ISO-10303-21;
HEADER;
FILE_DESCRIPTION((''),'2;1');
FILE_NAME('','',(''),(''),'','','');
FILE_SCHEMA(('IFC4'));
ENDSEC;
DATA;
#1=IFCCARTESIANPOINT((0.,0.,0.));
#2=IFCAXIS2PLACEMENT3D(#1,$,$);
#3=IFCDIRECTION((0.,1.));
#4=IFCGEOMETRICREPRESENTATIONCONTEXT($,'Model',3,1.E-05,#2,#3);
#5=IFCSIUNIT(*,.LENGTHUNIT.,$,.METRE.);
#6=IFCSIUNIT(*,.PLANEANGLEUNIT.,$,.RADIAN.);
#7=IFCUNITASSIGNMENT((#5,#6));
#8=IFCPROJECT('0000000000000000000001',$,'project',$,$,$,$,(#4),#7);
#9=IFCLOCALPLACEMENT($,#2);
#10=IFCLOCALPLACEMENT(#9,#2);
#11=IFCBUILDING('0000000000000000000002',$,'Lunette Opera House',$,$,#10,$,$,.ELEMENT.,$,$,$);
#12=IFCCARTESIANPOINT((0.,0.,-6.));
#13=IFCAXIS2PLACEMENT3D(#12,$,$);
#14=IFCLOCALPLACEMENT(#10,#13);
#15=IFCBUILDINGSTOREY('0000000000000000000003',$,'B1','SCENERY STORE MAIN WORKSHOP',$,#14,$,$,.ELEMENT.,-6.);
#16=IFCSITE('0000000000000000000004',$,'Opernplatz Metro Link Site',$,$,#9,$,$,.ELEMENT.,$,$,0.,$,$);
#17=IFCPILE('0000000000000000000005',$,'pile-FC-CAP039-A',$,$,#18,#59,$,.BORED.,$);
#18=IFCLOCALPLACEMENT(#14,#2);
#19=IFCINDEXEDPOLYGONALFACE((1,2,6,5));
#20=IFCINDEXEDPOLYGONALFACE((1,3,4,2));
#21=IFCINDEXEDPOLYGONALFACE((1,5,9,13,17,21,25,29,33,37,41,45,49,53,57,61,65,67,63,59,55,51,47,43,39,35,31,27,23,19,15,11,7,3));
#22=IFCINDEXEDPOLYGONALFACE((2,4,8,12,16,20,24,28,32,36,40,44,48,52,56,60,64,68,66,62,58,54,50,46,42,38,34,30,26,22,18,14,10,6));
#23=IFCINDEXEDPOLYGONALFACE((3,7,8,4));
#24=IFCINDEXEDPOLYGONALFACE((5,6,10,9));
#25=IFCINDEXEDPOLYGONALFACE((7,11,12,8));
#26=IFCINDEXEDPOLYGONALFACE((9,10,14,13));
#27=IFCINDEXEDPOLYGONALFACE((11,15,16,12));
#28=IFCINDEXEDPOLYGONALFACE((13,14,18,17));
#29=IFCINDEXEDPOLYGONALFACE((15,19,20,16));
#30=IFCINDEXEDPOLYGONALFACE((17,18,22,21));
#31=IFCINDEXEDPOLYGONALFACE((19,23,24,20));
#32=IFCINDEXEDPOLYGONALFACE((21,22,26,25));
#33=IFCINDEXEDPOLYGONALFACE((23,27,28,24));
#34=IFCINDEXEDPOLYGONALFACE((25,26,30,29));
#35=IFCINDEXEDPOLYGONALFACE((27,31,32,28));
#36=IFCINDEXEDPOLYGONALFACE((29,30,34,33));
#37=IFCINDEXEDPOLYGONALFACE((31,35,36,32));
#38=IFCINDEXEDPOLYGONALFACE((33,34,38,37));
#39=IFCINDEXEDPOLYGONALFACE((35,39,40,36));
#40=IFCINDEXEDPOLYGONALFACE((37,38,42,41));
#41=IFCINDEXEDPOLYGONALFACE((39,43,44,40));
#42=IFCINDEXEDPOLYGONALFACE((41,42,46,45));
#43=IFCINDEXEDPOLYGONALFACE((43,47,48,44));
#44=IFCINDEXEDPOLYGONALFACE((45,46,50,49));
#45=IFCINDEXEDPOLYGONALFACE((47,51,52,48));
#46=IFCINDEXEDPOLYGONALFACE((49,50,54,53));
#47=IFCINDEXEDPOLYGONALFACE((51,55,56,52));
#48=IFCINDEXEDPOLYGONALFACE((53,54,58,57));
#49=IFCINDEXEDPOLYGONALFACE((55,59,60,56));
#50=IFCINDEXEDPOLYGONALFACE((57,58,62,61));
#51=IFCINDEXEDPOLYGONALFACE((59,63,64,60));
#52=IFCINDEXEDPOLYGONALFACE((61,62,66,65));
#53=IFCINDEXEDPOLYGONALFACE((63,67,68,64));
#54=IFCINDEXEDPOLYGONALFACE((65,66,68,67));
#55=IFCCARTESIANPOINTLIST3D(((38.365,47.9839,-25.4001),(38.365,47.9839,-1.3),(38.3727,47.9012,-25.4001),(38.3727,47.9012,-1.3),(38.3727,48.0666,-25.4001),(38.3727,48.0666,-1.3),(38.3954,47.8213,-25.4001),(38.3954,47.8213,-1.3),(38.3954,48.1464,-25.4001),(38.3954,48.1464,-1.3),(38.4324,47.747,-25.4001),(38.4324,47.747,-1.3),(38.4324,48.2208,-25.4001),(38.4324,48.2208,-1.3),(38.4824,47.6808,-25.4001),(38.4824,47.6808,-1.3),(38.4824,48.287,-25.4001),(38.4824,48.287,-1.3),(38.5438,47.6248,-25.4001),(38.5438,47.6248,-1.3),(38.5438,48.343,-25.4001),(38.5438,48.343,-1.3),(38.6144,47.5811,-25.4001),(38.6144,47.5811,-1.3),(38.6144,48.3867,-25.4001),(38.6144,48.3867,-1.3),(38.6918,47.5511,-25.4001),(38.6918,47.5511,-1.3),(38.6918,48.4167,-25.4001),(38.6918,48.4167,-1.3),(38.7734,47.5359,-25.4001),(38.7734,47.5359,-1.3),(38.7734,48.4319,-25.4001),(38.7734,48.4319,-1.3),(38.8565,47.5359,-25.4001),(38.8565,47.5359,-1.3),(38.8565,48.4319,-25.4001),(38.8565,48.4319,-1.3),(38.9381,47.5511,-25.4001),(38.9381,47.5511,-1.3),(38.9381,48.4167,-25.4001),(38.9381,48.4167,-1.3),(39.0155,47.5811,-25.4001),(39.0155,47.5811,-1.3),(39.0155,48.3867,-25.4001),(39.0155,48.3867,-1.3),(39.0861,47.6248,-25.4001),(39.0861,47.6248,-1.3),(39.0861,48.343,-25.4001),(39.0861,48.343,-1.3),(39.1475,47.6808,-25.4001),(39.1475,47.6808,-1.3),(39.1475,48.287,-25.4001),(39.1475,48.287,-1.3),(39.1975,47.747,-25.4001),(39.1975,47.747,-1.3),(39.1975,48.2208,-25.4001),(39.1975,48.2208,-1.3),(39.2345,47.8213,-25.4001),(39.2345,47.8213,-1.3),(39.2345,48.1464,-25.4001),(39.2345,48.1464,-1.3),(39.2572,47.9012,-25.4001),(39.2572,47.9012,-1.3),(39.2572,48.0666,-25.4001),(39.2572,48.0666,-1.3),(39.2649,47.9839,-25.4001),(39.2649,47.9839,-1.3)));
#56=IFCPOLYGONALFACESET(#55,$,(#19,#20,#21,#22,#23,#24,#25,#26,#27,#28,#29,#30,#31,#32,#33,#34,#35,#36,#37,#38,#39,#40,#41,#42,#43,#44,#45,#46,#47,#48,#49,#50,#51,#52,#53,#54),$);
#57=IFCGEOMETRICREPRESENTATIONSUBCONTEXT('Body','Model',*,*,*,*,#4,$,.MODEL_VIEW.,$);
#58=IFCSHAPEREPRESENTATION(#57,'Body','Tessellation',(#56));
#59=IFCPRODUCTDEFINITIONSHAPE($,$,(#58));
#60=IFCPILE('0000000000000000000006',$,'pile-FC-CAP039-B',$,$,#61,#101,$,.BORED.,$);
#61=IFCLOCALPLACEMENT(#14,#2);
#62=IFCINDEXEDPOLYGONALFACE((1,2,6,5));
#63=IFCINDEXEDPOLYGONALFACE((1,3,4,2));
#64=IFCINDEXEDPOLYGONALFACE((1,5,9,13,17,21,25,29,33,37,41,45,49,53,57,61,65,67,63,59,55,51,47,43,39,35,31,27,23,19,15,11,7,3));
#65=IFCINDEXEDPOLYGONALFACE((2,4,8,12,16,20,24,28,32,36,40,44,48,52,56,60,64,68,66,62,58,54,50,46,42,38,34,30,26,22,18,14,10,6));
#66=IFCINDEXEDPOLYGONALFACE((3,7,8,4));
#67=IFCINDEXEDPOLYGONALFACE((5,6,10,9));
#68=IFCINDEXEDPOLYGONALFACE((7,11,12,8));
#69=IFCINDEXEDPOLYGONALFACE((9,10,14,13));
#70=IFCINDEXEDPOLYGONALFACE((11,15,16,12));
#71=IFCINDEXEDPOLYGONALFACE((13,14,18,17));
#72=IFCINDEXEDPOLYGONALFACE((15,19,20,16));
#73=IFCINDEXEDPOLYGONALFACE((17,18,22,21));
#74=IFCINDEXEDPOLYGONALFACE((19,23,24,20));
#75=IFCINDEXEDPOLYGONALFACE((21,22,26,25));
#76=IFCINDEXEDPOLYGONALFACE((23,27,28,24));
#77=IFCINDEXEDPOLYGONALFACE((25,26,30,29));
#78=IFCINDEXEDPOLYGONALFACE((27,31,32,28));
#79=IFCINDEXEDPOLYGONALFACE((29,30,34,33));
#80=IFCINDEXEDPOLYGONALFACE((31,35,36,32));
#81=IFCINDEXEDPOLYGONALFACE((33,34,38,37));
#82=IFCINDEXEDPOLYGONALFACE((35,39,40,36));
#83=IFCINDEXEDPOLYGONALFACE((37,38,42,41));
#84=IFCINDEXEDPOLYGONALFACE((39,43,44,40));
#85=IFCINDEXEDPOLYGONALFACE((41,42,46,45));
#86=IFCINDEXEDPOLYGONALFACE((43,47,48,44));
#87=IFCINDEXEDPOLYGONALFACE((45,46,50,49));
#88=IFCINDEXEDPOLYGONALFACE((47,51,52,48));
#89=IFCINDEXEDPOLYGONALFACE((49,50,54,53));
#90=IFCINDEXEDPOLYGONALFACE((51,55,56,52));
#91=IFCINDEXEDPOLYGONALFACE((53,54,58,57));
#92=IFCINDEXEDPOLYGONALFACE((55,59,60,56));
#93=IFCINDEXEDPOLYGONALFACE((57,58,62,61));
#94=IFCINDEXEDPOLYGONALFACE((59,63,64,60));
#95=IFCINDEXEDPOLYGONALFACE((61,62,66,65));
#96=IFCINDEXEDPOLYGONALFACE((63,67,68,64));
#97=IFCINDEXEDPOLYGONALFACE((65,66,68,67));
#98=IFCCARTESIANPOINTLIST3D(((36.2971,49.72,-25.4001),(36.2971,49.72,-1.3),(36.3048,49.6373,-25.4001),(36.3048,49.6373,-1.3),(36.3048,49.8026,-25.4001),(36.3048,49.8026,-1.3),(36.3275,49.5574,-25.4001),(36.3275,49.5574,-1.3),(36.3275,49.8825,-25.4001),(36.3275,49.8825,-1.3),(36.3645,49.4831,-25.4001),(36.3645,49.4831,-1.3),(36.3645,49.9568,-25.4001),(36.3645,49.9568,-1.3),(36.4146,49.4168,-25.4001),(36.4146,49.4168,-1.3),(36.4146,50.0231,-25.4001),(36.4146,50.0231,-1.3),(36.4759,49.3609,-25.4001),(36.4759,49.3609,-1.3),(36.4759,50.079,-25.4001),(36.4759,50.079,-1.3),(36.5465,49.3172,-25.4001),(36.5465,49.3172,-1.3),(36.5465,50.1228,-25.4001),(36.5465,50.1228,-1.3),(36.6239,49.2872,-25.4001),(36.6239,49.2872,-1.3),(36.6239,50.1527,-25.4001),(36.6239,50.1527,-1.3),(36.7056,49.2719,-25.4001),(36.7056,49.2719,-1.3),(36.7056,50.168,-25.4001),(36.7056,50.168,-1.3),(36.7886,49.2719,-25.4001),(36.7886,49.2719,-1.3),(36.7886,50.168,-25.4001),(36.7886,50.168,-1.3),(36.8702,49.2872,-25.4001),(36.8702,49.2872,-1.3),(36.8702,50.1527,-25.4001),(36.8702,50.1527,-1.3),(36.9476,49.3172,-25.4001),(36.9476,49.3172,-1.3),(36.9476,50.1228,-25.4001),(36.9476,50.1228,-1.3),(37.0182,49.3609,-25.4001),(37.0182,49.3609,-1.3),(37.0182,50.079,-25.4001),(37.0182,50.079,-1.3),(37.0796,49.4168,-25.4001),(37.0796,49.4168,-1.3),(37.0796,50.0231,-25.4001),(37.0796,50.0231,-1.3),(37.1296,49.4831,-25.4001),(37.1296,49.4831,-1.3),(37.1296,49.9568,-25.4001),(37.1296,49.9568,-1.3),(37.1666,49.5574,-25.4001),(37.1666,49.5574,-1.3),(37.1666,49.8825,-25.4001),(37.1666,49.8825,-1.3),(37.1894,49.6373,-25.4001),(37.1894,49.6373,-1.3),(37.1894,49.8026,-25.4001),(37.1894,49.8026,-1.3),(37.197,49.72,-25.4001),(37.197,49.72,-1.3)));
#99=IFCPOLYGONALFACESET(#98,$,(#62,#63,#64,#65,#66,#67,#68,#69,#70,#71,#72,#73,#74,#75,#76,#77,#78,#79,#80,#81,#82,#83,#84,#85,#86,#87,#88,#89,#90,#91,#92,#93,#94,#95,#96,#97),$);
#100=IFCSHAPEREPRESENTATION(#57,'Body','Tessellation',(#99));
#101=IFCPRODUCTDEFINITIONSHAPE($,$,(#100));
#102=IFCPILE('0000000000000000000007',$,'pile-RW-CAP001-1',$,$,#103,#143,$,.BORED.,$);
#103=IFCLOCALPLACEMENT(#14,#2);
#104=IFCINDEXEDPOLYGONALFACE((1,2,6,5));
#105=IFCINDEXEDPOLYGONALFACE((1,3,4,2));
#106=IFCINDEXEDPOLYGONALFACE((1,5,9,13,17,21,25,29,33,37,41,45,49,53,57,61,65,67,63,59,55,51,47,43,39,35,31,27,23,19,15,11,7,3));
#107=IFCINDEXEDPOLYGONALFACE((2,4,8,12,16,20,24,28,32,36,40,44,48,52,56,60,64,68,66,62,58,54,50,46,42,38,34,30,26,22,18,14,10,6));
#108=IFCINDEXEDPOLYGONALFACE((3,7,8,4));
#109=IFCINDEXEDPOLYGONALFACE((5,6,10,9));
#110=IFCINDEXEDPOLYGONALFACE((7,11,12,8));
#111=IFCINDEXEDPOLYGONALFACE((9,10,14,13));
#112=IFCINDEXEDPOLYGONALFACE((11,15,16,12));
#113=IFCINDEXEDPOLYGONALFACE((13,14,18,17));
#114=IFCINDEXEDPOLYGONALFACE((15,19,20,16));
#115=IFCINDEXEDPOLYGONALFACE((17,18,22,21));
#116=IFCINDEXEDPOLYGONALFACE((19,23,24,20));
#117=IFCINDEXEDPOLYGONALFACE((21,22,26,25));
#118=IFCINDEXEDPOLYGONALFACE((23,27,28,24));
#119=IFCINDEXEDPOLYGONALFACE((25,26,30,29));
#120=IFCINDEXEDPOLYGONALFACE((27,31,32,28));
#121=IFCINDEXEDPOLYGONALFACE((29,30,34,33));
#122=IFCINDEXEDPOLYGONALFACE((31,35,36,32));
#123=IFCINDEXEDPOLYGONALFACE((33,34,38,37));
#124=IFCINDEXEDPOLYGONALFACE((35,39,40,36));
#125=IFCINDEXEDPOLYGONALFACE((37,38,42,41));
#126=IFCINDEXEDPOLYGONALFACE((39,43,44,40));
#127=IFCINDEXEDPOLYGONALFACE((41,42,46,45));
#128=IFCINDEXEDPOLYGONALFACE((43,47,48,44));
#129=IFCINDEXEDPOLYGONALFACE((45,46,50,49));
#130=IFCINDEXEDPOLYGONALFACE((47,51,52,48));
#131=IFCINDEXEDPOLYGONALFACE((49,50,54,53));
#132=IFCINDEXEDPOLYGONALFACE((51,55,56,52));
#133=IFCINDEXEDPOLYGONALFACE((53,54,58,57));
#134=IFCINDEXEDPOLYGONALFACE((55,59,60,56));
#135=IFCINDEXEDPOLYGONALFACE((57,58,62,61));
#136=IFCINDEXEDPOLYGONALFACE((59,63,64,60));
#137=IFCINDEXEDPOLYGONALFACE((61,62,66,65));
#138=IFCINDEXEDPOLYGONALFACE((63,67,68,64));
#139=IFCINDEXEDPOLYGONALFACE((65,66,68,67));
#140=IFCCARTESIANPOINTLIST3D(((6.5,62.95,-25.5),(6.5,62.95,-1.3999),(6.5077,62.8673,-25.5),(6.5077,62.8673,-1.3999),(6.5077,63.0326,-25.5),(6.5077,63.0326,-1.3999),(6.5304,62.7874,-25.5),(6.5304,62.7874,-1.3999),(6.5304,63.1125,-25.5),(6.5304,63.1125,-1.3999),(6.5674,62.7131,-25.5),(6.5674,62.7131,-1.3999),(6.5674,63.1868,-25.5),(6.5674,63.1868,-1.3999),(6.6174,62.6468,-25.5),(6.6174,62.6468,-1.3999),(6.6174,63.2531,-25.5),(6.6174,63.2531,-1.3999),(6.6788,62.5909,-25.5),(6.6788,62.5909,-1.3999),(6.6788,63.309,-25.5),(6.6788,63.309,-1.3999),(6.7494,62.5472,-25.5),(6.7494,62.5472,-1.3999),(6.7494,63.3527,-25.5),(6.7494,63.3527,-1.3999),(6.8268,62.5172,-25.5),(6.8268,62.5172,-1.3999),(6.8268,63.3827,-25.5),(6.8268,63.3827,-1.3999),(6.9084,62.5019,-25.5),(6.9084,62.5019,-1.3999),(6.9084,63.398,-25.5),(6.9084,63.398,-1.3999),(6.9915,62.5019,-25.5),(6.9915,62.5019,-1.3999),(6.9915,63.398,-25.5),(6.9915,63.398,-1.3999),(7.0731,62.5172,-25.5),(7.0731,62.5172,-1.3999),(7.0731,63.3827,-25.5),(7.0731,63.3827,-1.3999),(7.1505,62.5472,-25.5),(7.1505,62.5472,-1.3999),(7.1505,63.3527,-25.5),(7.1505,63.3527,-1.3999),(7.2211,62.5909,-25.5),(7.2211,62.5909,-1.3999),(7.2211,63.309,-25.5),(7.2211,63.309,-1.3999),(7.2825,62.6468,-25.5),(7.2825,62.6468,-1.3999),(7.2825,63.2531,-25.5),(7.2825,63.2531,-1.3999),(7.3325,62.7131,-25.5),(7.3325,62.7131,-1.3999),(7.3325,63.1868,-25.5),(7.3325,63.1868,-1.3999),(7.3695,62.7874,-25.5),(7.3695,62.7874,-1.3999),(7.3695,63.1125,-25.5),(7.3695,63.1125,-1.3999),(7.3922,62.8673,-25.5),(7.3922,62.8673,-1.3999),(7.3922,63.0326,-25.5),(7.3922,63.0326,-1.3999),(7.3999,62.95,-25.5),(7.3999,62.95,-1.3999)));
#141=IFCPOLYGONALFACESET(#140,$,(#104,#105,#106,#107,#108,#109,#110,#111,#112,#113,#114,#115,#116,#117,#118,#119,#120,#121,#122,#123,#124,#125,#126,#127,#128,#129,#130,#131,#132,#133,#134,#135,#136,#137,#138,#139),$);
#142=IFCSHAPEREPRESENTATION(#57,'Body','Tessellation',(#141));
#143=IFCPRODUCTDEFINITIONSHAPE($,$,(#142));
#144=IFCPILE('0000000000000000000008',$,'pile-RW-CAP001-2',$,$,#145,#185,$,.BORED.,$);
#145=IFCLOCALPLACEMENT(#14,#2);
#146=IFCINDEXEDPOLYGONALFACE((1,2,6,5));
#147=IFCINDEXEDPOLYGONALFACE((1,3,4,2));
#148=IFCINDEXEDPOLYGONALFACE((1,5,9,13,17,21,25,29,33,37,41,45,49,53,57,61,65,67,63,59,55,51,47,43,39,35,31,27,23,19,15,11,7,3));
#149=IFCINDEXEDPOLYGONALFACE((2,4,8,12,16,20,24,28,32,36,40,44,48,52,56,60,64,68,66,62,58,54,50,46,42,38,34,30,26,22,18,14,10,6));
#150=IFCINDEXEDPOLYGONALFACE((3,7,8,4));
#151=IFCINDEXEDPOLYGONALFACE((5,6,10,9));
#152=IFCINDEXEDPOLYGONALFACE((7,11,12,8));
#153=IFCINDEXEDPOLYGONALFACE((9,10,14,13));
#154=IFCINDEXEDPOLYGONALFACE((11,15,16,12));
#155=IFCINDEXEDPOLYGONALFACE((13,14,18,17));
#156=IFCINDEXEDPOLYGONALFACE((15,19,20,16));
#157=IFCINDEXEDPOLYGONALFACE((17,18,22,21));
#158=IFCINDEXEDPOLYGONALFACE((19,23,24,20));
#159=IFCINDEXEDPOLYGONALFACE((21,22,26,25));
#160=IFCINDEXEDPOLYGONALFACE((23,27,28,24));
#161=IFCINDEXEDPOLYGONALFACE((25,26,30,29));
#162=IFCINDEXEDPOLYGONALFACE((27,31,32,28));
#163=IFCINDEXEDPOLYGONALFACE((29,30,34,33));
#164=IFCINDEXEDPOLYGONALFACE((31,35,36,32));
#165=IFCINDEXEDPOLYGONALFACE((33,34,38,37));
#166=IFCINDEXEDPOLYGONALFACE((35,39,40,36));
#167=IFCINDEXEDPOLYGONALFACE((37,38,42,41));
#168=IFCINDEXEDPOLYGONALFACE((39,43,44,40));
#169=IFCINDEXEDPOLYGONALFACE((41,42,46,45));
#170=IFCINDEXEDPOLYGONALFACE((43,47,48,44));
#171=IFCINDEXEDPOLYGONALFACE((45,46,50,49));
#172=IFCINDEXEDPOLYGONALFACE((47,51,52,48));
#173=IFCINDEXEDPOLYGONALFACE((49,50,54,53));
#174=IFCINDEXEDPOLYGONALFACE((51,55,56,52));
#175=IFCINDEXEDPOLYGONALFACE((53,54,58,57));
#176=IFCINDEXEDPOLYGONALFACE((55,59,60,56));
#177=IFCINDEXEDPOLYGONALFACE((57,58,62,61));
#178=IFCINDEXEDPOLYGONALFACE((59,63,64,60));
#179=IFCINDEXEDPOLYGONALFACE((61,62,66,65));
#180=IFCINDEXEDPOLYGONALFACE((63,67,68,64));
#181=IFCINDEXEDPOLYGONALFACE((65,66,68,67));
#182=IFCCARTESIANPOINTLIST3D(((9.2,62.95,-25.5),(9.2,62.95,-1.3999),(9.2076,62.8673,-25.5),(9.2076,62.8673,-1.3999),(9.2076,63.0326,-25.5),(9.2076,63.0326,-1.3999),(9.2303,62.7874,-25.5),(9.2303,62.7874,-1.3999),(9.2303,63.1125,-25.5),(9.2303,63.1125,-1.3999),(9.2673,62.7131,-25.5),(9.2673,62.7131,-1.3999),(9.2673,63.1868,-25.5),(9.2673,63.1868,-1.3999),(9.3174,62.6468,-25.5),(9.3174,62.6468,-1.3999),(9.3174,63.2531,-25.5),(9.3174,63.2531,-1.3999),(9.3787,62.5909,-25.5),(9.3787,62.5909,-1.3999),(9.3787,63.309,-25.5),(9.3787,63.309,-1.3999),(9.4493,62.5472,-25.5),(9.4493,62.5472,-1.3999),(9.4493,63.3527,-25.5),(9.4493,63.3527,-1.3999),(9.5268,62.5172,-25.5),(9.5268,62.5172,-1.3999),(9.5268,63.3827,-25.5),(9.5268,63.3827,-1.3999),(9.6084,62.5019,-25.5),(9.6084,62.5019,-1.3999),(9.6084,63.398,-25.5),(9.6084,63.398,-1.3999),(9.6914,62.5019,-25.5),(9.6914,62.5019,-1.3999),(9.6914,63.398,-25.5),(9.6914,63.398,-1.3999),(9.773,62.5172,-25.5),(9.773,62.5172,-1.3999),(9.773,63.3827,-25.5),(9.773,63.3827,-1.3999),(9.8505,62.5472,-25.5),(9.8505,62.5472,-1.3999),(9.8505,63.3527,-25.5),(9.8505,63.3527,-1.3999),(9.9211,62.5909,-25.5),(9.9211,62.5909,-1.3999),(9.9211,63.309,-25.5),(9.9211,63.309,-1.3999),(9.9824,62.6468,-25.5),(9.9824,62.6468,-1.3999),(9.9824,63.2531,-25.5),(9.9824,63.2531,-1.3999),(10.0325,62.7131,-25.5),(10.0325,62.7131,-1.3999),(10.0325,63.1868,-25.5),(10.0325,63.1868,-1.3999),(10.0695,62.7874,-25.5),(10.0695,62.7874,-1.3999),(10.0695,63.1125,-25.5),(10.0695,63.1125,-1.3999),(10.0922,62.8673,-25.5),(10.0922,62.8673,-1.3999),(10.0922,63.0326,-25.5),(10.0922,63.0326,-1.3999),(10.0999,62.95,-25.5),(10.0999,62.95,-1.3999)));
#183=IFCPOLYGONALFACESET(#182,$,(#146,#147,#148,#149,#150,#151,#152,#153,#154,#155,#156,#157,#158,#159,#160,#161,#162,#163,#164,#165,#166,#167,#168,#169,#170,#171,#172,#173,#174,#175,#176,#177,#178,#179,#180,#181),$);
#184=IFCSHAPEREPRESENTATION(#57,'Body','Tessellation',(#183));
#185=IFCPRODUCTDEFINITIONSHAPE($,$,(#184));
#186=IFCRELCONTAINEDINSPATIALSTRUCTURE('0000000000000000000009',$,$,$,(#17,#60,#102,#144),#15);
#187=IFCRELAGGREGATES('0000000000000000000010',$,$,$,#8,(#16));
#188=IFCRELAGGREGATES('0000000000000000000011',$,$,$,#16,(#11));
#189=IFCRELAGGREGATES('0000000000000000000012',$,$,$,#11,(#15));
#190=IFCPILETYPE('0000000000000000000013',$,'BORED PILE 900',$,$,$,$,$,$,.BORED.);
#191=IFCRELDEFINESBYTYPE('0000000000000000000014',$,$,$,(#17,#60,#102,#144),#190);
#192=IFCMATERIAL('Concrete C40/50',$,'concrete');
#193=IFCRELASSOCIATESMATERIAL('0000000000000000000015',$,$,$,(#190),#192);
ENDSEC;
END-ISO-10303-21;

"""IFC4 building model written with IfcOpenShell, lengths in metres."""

from ifc_helpers import new_model, si_unit, direction, frame, origin, origin_2d, place, context, subcontext, project, spatial, circle, extrude, material, material_profile, profile_set, type_object, element, save


model = new_model("IFC4")

# Units and contexts
model_context = context("Model", 3, precision=1e-05, world=origin(), true_north=direction((0.0, 1.0)))
body_context = subcontext(model_context, "Body", "Model", "MODEL_VIEW")
ifc_project = project(units=[si_unit("LENGTHUNIT", "METRE"), si_unit("PLANEANGLEUNIT", "RADIAN")], contexts=[model_context])

# Site, building, storey
site_placement = place(None, origin())
site = spatial("IfcSite", under=ifc_project, at=site_placement, Name="Opernplatz Metro Link Site", CompositionType="ELEMENT", RefElevation=0.0)
building_placement = place(site_placement, origin())
building = spatial("IfcBuilding", under=site, at=building_placement, Name="Lunette Opera House", CompositionType="ELEMENT")
storey_placement = place(building_placement, frame((0.0, 0.0, -6.0)))
storey = spatial("IfcBuildingStorey", under=building, at=storey_placement, Name="B1", Description="SCENERY STORE MAIN WORKSHOP", CompositionType="ELEMENT", Elevation=-6.0)

# Piles
ifc_material_1 = material(Name="Concrete C40/50", Category="concrete")
ifc_material_profile_1 = material_profile(ifc_material_1, circle(Radius=0.45, at=origin_2d()), Name="BORED PILE 900")
ifc_profile_set_1 = profile_set([ifc_material_profile_1], Name="Concrete C40/50")
pile_type = type_object("IfcPileType", Name="BORED PILE 900", PredefinedType="BORED", material=ifc_profile_set_1)
for number, where, z_axis, x_axis, name in (
    (1, (38.8149, 47.9839, -1.3), (0.0, 0.0, -1.0), (1.0, 0.0, 0.0), "pile-FC-CAP039-A"),
    (2, (36.7471, 49.72, -1.3), (0.0, 0.0, -1.0), (1.0, 0.0, 0.0), "pile-FC-CAP039-B"),
    (3, (6.95, 62.95, -1.3999), (0.0, 0.0, -1.0), (1.0, 0.0, 0.0), "pile-RW-CAP001-1"),
    (4, (9.6499, 62.95, -1.3999), (0.0, 0.0, -1.0), (1.0, 0.0, 0.0), "pile-RW-CAP001-2"),
):
    element("IfcPile", number, at=place(storey_placement, frame(where, z_axis=z_axis, x_axis=x_axis)), inside=storey, type_object=pile_type, Name=name, PredefinedType="BORED", context=body_context, shape_type="SweptSolid", body=[
        extrude(circle(Radius=0.45, at=origin_2d()), origin(), (0.0, 0.0, 1.0), 24.1001),
    ])

save(model, "model.ifc")
